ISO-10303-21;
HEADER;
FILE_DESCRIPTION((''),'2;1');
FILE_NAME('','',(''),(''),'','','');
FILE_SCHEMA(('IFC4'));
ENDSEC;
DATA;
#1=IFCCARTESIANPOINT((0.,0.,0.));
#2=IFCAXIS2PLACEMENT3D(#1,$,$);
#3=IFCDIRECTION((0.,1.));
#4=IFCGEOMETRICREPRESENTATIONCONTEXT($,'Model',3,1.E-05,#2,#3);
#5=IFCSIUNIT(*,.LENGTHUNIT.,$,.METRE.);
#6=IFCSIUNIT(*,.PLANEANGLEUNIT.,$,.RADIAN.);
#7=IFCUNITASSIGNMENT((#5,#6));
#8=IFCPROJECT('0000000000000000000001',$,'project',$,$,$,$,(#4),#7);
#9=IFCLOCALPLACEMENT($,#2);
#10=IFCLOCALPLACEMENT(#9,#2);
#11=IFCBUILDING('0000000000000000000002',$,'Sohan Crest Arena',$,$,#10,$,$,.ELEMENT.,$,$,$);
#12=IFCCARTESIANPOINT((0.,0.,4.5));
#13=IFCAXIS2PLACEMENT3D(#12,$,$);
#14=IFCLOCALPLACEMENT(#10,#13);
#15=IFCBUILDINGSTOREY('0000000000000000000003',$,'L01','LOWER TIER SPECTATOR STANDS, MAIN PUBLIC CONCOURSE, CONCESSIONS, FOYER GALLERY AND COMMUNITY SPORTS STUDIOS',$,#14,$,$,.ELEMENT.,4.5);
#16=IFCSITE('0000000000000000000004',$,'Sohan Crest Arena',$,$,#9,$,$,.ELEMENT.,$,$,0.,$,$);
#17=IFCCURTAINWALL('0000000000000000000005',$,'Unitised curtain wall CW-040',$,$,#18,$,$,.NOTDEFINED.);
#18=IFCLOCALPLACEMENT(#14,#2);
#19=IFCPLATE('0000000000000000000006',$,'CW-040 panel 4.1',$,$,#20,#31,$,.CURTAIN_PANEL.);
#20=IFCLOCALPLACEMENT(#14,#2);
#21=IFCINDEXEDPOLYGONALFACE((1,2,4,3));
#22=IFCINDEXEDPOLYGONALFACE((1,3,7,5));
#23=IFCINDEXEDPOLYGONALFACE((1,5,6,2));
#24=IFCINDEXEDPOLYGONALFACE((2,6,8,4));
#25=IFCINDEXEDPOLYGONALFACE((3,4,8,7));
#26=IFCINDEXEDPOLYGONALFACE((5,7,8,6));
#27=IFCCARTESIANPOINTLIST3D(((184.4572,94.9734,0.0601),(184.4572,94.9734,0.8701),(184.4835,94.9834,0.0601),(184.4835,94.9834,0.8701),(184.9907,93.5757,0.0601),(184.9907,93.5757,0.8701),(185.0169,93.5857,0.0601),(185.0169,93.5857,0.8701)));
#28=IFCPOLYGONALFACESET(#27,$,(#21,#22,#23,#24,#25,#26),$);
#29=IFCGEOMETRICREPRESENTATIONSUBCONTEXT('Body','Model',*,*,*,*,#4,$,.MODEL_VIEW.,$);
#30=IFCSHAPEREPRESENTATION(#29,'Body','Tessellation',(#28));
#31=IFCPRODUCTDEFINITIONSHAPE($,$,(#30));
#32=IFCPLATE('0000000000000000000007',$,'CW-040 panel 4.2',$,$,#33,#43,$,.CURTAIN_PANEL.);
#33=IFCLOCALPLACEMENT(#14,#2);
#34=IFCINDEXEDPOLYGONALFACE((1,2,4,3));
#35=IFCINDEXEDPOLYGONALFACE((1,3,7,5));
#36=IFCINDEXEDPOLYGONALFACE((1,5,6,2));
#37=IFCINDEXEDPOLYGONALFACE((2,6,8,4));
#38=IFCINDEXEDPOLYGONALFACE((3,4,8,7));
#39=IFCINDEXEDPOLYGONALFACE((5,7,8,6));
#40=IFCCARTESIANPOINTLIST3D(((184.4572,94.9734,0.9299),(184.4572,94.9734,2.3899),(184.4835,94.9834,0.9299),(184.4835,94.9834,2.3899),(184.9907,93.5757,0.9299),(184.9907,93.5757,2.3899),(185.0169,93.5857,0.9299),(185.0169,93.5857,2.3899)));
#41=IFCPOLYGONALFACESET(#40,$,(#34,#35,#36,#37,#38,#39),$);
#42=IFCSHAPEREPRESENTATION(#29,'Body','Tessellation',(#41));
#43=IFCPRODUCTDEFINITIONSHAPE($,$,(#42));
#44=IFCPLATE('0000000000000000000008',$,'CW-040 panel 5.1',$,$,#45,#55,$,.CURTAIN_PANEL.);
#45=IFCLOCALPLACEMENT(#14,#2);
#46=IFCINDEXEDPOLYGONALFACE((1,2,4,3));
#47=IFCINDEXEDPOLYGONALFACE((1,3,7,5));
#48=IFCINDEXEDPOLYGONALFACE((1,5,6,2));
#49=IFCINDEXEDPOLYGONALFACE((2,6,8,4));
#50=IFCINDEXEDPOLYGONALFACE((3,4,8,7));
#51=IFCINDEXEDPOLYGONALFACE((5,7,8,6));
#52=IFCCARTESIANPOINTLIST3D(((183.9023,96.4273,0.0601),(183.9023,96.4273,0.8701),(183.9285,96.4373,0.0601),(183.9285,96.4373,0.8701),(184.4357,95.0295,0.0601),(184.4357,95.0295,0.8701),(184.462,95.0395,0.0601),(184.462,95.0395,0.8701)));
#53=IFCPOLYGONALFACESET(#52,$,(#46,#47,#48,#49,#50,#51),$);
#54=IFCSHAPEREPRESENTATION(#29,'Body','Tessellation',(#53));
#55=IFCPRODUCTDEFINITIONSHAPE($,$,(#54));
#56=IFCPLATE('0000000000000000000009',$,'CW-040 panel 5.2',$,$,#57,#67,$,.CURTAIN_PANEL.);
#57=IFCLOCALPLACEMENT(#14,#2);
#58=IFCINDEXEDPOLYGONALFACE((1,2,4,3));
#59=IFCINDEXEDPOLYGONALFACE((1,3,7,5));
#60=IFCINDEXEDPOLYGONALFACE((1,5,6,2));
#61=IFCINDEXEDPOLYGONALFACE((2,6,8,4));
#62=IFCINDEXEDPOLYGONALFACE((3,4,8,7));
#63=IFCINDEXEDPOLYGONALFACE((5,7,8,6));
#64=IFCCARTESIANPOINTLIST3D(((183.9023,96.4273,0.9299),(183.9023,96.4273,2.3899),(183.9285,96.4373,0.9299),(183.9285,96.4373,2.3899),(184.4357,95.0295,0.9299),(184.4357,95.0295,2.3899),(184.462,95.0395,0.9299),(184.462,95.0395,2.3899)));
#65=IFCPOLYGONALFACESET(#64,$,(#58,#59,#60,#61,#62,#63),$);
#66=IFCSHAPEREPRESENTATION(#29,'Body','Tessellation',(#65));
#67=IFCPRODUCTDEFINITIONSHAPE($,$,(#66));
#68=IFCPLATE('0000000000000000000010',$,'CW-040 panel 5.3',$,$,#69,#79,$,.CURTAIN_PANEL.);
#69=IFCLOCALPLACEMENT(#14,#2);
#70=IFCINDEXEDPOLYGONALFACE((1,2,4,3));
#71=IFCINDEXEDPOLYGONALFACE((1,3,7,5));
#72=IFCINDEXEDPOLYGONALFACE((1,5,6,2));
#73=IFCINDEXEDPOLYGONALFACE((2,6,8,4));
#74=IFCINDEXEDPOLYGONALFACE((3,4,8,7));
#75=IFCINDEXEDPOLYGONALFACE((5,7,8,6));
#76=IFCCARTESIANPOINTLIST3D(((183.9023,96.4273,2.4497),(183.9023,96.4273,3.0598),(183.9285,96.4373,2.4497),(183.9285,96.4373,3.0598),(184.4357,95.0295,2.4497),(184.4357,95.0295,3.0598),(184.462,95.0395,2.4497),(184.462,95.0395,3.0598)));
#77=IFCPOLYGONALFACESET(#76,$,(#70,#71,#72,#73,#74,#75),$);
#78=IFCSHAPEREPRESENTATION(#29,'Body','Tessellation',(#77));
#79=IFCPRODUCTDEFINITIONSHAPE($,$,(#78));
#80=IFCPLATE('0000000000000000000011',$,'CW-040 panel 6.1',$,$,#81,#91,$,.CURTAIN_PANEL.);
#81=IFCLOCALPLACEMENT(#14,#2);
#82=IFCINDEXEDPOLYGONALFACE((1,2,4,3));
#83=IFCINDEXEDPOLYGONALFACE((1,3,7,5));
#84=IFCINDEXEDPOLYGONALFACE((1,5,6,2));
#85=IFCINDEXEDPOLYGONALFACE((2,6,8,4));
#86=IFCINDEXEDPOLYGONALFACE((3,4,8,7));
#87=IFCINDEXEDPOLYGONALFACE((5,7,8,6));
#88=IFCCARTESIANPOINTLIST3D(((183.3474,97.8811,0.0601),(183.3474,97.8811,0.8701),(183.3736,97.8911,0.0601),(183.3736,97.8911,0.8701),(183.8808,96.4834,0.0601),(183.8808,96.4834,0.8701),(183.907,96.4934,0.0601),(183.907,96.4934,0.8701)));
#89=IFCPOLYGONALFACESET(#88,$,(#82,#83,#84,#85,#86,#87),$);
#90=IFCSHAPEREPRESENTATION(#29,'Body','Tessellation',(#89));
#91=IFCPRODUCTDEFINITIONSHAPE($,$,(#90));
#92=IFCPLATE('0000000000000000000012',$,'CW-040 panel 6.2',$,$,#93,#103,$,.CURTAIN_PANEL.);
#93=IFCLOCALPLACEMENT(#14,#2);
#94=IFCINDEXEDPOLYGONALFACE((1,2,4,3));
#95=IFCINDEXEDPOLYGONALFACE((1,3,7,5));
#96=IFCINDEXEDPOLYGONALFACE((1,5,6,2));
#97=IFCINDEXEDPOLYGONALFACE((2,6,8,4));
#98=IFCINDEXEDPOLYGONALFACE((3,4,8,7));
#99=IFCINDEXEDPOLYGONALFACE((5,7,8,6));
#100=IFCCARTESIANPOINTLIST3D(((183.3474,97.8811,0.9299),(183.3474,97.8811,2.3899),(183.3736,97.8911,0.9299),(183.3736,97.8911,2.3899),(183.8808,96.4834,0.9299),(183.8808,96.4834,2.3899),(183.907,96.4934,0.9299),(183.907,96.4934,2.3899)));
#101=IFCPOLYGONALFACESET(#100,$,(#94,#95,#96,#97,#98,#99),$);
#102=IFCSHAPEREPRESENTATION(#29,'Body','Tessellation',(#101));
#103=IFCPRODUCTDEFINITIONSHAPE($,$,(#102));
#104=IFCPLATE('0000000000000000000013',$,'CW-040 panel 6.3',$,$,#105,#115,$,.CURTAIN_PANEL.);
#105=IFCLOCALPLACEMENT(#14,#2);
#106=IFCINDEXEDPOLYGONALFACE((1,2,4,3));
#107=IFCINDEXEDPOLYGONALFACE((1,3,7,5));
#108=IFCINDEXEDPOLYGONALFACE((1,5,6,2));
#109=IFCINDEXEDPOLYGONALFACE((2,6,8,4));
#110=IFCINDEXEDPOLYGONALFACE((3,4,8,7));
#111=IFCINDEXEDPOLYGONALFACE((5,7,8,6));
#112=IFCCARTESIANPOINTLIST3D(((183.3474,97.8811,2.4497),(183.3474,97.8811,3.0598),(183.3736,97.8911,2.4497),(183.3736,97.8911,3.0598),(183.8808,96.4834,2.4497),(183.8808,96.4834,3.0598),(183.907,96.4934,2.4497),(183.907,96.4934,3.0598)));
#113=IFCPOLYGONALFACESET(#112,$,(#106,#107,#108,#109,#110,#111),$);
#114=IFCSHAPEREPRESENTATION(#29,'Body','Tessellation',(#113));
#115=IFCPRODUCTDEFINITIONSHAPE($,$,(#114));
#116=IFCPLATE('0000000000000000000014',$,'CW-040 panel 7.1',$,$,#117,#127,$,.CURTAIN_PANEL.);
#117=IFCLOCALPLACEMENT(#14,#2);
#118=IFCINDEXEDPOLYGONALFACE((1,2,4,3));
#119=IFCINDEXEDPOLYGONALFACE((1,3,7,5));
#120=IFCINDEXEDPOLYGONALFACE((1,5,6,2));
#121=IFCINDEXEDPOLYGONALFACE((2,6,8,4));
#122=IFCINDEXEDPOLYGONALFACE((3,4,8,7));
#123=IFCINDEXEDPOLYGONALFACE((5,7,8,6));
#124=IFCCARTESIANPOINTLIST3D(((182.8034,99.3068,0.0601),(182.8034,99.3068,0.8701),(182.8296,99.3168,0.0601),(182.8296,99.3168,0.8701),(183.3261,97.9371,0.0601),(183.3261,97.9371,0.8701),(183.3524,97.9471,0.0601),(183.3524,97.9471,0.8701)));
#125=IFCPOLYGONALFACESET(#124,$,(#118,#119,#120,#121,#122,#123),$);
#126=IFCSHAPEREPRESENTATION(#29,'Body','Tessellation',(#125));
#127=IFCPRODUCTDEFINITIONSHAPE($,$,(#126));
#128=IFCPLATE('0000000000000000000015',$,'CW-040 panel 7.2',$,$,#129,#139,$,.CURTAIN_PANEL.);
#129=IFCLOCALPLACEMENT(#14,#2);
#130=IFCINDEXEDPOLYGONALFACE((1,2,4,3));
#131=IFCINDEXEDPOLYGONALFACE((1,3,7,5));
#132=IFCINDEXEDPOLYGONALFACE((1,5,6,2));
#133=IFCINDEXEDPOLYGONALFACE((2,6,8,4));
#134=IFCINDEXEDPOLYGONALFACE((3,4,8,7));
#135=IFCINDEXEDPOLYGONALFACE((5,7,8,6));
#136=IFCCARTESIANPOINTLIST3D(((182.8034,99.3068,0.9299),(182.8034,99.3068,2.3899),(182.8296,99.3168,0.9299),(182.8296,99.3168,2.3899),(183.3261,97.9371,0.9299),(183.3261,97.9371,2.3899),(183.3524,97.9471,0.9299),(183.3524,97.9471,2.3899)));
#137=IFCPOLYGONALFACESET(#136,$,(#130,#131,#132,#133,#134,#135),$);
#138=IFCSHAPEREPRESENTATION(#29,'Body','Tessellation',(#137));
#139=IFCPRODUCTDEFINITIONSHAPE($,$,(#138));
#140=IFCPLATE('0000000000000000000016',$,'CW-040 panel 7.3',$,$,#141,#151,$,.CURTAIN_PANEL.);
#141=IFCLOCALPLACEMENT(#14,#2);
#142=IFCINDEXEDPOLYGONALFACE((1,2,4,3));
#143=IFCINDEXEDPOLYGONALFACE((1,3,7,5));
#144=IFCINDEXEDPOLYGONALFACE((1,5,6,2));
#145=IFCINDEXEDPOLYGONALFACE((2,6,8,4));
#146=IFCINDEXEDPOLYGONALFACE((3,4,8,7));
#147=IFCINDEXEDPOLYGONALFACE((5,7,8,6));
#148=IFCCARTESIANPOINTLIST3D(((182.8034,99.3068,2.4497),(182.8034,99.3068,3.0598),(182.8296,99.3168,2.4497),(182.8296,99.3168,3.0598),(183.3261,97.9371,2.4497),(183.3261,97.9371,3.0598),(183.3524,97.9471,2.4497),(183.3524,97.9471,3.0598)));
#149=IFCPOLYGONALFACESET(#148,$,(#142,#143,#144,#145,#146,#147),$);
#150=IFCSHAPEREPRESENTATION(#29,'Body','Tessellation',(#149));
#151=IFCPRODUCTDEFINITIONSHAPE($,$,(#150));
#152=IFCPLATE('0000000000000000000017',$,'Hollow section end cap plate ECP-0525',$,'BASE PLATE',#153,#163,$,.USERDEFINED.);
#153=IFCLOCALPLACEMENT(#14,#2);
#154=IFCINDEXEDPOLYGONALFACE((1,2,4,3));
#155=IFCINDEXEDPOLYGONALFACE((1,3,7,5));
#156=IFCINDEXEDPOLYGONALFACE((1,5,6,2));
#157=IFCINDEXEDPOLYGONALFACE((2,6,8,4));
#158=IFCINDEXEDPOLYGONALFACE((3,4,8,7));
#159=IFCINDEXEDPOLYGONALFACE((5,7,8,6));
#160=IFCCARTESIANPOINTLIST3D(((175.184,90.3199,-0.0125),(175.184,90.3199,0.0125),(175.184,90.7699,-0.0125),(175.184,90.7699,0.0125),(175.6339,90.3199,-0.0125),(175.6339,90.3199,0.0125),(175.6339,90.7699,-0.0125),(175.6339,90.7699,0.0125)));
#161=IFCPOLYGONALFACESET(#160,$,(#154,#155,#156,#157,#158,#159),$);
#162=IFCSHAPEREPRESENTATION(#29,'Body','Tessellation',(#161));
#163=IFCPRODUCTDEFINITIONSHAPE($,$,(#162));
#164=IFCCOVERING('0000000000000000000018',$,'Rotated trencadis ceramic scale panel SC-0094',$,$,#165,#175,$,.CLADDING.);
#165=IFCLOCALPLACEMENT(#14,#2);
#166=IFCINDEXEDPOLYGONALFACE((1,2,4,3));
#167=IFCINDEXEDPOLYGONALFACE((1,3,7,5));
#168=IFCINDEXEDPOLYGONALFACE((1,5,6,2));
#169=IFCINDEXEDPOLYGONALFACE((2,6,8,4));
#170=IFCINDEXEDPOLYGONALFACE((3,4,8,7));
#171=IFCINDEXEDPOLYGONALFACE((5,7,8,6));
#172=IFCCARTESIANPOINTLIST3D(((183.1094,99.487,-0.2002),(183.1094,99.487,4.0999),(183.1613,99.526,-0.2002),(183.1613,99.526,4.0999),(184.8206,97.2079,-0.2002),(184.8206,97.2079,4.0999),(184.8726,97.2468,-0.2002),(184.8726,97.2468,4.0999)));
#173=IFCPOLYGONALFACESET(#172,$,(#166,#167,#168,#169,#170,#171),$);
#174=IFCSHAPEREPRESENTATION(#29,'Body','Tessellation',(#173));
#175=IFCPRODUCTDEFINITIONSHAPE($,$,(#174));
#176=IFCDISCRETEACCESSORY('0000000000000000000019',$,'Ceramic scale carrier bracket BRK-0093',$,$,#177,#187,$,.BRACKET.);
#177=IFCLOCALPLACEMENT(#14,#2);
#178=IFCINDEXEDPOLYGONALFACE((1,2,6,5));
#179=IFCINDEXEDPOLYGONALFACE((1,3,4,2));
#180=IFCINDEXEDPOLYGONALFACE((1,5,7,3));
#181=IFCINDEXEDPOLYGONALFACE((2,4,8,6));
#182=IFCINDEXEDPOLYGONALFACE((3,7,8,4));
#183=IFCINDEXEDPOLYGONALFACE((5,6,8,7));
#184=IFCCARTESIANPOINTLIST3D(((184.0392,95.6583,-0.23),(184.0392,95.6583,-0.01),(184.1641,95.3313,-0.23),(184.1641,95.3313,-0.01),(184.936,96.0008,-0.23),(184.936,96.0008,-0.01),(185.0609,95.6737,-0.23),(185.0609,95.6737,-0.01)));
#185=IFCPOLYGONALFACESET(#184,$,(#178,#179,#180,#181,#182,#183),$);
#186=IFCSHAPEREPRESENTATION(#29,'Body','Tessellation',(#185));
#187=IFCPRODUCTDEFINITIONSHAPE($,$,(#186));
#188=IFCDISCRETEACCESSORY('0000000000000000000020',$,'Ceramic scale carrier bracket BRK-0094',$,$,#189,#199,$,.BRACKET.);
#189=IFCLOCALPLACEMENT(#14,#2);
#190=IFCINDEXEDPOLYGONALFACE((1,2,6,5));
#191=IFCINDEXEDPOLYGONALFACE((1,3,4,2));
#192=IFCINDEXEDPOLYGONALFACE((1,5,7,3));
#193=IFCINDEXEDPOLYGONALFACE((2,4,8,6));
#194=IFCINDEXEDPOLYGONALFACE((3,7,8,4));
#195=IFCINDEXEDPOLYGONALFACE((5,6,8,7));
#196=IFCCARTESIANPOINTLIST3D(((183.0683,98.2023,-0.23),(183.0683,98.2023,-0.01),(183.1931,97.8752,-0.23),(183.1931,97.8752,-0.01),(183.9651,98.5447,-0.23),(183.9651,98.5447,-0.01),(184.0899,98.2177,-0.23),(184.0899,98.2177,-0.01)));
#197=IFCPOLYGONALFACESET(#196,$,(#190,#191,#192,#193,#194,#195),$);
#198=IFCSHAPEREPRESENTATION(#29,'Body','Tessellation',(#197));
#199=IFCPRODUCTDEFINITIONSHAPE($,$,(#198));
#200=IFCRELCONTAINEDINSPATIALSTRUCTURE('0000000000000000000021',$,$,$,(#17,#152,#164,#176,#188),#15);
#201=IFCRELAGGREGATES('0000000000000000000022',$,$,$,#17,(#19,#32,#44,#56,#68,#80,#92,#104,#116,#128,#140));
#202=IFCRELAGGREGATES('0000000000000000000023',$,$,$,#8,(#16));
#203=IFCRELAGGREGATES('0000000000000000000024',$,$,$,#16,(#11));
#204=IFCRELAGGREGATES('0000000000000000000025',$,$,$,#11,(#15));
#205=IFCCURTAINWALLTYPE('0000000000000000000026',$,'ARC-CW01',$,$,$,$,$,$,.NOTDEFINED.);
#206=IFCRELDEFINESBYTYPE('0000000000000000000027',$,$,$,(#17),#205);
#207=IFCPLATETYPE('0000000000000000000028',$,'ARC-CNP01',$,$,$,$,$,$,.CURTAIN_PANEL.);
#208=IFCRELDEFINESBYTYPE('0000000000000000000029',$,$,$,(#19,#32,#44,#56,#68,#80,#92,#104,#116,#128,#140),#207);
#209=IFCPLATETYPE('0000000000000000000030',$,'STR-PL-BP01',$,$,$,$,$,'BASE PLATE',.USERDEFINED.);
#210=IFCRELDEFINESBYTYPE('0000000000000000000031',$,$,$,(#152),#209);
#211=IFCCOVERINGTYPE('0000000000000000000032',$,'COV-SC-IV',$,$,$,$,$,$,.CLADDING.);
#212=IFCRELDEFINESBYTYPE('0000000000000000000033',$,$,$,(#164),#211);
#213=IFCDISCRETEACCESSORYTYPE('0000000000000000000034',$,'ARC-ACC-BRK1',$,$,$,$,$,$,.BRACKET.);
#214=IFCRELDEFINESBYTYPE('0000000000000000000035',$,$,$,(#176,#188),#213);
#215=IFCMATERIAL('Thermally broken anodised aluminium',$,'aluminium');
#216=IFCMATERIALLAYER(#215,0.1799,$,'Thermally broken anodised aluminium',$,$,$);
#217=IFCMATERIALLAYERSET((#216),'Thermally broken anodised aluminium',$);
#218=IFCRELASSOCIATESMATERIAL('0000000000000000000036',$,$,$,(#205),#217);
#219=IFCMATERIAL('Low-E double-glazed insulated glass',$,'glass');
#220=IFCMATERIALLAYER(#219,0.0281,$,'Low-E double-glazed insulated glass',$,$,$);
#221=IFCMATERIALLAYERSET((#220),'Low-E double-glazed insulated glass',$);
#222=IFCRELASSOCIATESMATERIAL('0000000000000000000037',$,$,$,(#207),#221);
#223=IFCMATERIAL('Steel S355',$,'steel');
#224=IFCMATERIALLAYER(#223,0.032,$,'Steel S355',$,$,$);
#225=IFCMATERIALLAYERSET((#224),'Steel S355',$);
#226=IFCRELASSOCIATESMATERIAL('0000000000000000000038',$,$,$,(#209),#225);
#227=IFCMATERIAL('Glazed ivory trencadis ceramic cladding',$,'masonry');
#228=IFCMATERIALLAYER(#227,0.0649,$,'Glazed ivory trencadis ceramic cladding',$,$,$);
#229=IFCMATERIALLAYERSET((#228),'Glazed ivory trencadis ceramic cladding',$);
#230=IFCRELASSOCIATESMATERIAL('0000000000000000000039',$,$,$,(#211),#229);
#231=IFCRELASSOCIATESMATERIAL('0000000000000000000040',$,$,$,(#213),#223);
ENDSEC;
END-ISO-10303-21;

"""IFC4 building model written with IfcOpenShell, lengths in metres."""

from ifc_helpers import new_model, si_unit, direction, frame, origin, origin_2d, place, context, subcontext, project, spatial, rectangle, extrude, material, layer, layer_set, type_object, element, aggregate, save


model = new_model("IFC4")

# Units and contexts
model_context = context("Model", 3, precision=1e-05, world=origin(), true_north=direction((0.0, 1.0)))
body_context = subcontext(model_context, "Body", "Model", "MODEL_VIEW")
ifc_project = project(units=[si_unit("LENGTHUNIT", "METRE"), si_unit("PLANEANGLEUNIT", "RADIAN")], contexts=[model_context])

# Site, building, storey
site_placement = place(None, origin())
site = spatial("IfcSite", under=ifc_project, at=site_placement, Name="Sohan Crest Arena", CompositionType="ELEMENT", RefElevation=0.0)
building_placement = place(site_placement, origin())
building = spatial("IfcBuilding", under=site, at=building_placement, Name="Sohan Crest Arena", CompositionType="ELEMENT")
storey_placement = place(building_placement, frame((0.0, 0.0, 4.5)))
storey = spatial("IfcBuildingStorey", under=building, at=storey_placement, Name="L01", Description="LOWER TIER SPECTATOR STANDS, MAIN PUBLIC CONCOURSE, CONCESSIONS, FOYER GALLERY AND COMMUNITY SPORTS STUDIOS", CompositionType="ELEMENT", Elevation=4.5)

# Shared definitions
ifc_material_1 = material(Name="Steel S355", Category="steel")

# Curtain wall
ifc_material_2 = material(Name="Thermally broken anodised aluminium", Category="aluminium")
ifc_layer_1 = layer(ifc_material_2, 0.1799, Name="Thermally broken anodised aluminium")
ifc_layer_set_1 = layer_set([ifc_layer_1], Name="Thermally broken anodised aluminium")
curtain_wall_type = type_object("IfcCurtainWallType", Name="ARC-CW01", PredefinedType="NOTDEFINED", material=ifc_layer_set_1)
curtain_wall_placement = place(storey_placement, origin())
curtain_wall = element("IfcCurtainWall", 1, at=curtain_wall_placement, inside=storey, type_object=curtain_wall_type, Name="Unitised curtain wall CW-040", PredefinedType="NOTDEFINED")

# Plates
ifc_material_3 = material(Name="Low-E double-glazed insulated glass", Category="glass")
ifc_layer_2 = layer(ifc_material_3, 0.0281, Name="Low-E double-glazed insulated glass")
ifc_layer_set_2 = layer_set([ifc_layer_2], Name="Low-E double-glazed insulated glass")
plate_type_1 = type_object("IfcPlateType", Name="ARC-CNP01", PredefinedType="CURTAIN_PANEL", material=ifc_layer_set_2)
plate_1_placement = place(storey_placement, frame((184.7371, 94.2795, 0.0601), z_axis=(0.0, 0.0, 1.0), x_axis=(-0.35656, 0.934272, 0.0)))
plate_1 = element("IfcPlate", 2, at=plate_1_placement, type_object=plate_type_1, Name="CW-040 panel 4.1", PredefinedType="CURTAIN_PANEL", context=body_context, shape_type="SweptSolid", body=[
    extrude(rectangle(XDim=1.4961, YDim=0.0281, at=origin_2d()), origin(), (0.0, 0.0, 1.0), 0.8101),
])
plate_2_placement = place(storey_placement, frame((184.7371, 94.2795, 0.9299), z_axis=(0.0, 0.0, 1.0), x_axis=(-0.35656, 0.934272, 0.0)))
plate_2 = element("IfcPlate", 3, at=plate_2_placement, type_object=plate_type_1, Name="CW-040 panel 4.2", PredefinedType="CURTAIN_PANEL", context=body_context, shape_type="SweptSolid", body=[
    extrude(rectangle(XDim=1.4961, YDim=0.0281, at=origin_2d()), origin(), (0.0, 0.0, 1.0), 1.46),
])
plate_3_placement = place(storey_placement, frame((184.1821, 95.7334, 0.0601), z_axis=(0.0, 0.0, 1.0), x_axis=(-0.35656, 0.934272, 0.0)))
plate_3 = element("IfcPlate", 4, at=plate_3_placement, type_object=plate_type_1, Name="CW-040 panel 5.1", PredefinedType="CURTAIN_PANEL", context=body_context, shape_type="SweptSolid", body=[
    extrude(rectangle(XDim=1.4961, YDim=0.0281, at=origin_2d()), origin(), (0.0, 0.0, 1.0), 0.8101),
])
plate_4_placement = place(storey_placement, frame((184.1821, 95.7334, 0.9299), z_axis=(0.0, 0.0, 1.0), x_axis=(-0.35656, 0.934272, 0.0)))
plate_4 = element("IfcPlate", 5, at=plate_4_placement, type_object=plate_type_1, Name="CW-040 panel 5.2", PredefinedType="CURTAIN_PANEL", context=body_context, shape_type="SweptSolid", body=[
    extrude(rectangle(XDim=1.4961, YDim=0.0281, at=origin_2d()), origin(), (0.0, 0.0, 1.0), 1.46),
])
plate_5_placement = place(storey_placement, frame((184.1821, 95.7334, 2.4497), z_axis=(0.0, 0.0, 1.0), x_axis=(-0.35656, 0.934272, 0.0)))
plate_5 = element("IfcPlate", 6, at=plate_5_placement, type_object=plate_type_1, Name="CW-040 panel 5.3", PredefinedType="CURTAIN_PANEL", context=body_context, shape_type="SweptSolid", body=[
    extrude(rectangle(XDim=1.4961, YDim=0.0281, at=origin_2d()), origin(), (0.0, 0.0, 1.0), 0.6101),
])
plate_6_placement = place(storey_placement, frame((183.6272, 97.1873, 0.0601), z_axis=(0.0, 0.0, 1.0), x_axis=(-0.35656, 0.934272, 0.0)))
plate_6 = element("IfcPlate", 7, at=plate_6_placement, type_object=plate_type_1, Name="CW-040 panel 6.1", PredefinedType="CURTAIN_PANEL", context=body_context, shape_type="SweptSolid", body=[
    extrude(rectangle(XDim=1.4961, YDim=0.0281, at=origin_2d()), origin(), (0.0, 0.0, 1.0), 0.8101),
])
plate_7_placement = place(storey_placement, frame((183.6272, 97.1873, 0.9299), z_axis=(0.0, 0.0, 1.0), x_axis=(-0.35656, 0.934272, 0.0)))
plate_7 = element("IfcPlate", 8, at=plate_7_placement, type_object=plate_type_1, Name="CW-040 panel 6.2", PredefinedType="CURTAIN_PANEL", context=body_context, shape_type="SweptSolid", body=[
    extrude(rectangle(XDim=1.4961, YDim=0.0281, at=origin_2d()), origin(), (0.0, 0.0, 1.0), 1.46),
])
plate_8_placement = place(storey_placement, frame((183.6272, 97.1873, 2.4497), z_axis=(0.0, 0.0, 1.0), x_axis=(-0.35656, 0.934272, 0.0)))
plate_8 = element("IfcPlate", 9, at=plate_8_placement, type_object=plate_type_1, Name="CW-040 panel 6.3", PredefinedType="CURTAIN_PANEL", context=body_context, shape_type="SweptSolid", body=[
    extrude(rectangle(XDim=1.4961, YDim=0.0281, at=origin_2d()), origin(), (0.0, 0.0, 1.0), 0.6101),
])
plate_9_placement = place(storey_placement, frame((183.0779, 98.627, 0.0601), z_axis=(0.0, 0.0, 1.0), x_axis=(-0.35656, 0.934272, 0.0)))
plate_9 = element("IfcPlate", 10, at=plate_9_placement, type_object=plate_type_1, Name="CW-040 panel 7.1", PredefinedType="CURTAIN_PANEL", context=body_context, shape_type="SweptSolid", body=[
    extrude(rectangle(XDim=1.4661, YDim=0.0281, at=origin_2d()), origin(), (0.0, 0.0, 1.0), 0.8101),
])
plate_10_placement = place(storey_placement, frame((183.0779, 98.627, 0.9299), z_axis=(0.0, 0.0, 1.0), x_axis=(-0.35656, 0.934272, 0.0)))
plate_10 = element("IfcPlate", 11, at=plate_10_placement, type_object=plate_type_1, Name="CW-040 panel 7.2", PredefinedType="CURTAIN_PANEL", context=body_context, shape_type="SweptSolid", body=[
    extrude(rectangle(XDim=1.4661, YDim=0.0281, at=origin_2d()), origin(), (0.0, 0.0, 1.0), 1.46),
])
plate_11_placement = place(storey_placement, frame((183.0779, 98.627, 2.4497), z_axis=(0.0, 0.0, 1.0), x_axis=(-0.35656, 0.934272, 0.0)))
plate_11 = element("IfcPlate", 12, at=plate_11_placement, type_object=plate_type_1, Name="CW-040 panel 7.3", PredefinedType="CURTAIN_PANEL", context=body_context, shape_type="SweptSolid", body=[
    extrude(rectangle(XDim=1.4661, YDim=0.0281, at=origin_2d()), origin(), (0.0, 0.0, 1.0), 0.6101),
])
aggregate(curtain_wall, [plate_1, plate_2, plate_3, plate_4, plate_5, plate_6, plate_7, plate_8, plate_9, plate_10, plate_11])
ifc_layer_3 = layer(ifc_material_1, 0.032, Name="Steel S355")
ifc_layer_set_3 = layer_set([ifc_layer_3], Name="Steel S355")
plate_type_2 = type_object("IfcPlateType", Name="STR-PL-BP01", ElementType="BASE PLATE", PredefinedType="USERDEFINED", material=ifc_layer_set_3)
plate_12_placement = place(storey_placement, frame((175.4089, 90.5449, -0.0125), z_axis=(0.0, 0.0, 1.0), x_axis=(1.0, 0.0, 0.0)))
element("IfcPlate", 13, at=plate_12_placement, inside=storey, type_object=plate_type_2, Name="Hollow section end cap plate ECP-0525", ObjectType="BASE PLATE", PredefinedType="USERDEFINED", context=body_context, shape_type="SweptSolid", body=[
    extrude(rectangle(XDim=0.45, YDim=0.45, at=origin_2d()), origin(), (0.0, 0.0, 1.0), 0.0249),
])

# Covering
ifc_material_4 = material(Name="Glazed ivory trencadis ceramic cladding", Category="masonry")
ifc_layer_4 = layer(ifc_material_4, 0.0649, Name="Glazed ivory trencadis ceramic cladding")
ifc_layer_set_4 = layer_set([ifc_layer_4], Name="Glazed ivory trencadis ceramic cladding")
covering_type = type_object("IfcCoveringType", Name="COV-SC-IV", PredefinedType="CLADDING", material=ifc_layer_set_4)
covering_placement = place(storey_placement, frame((183.991, 98.3669, -0.2002), z_axis=(0.0, 0.0, 1.0), x_axis=(-0.60042, 0.799685, 0.0)))
element("IfcCovering", 14, at=covering_placement, inside=storey, type_object=covering_type, Name="Rotated trencadis ceramic scale panel SC-0094", PredefinedType="CLADDING", context=body_context, shape_type="SweptSolid", body=[
    extrude(rectangle(XDim=2.8501, YDim=0.0649, at=origin_2d()), origin(), (0.0, 0.0, 1.0), 4.3),
])

# Discrete accessories
discrete_accessory_type = type_object("IfcDiscreteAccessoryType", Name="ARC-ACC-BRK1", PredefinedType="BRACKET", material=ifc_material_1)
for number, where, z_axis, x_axis, name in (
    (15, (184.55, 95.666, -0.23), (0.0, 0.0, 1.0), (-0.356738, 0.934204, 0.0), "Ceramic scale carrier bracket BRK-0093"),
    (16, (183.5791, 98.21, -0.23), (0.0, 0.0, 1.0), (-0.356738, 0.934204, 0.0), "Ceramic scale carrier bracket BRK-0094"),
):
    element("IfcDiscreteAccessory", number, at=place(storey_placement, frame(where, z_axis=z_axis, x_axis=x_axis)), inside=storey, type_object=discrete_accessory_type, Name=name, PredefinedType="BRACKET", context=body_context, shape_type="SweptSolid", body=[
        extrude(rectangle(XDim=0.3501, YDim=0.96, at=origin_2d()), origin(), (0.0, 0.0, 1.0), 0.22),
    ])

save(model, "model.ifc")
